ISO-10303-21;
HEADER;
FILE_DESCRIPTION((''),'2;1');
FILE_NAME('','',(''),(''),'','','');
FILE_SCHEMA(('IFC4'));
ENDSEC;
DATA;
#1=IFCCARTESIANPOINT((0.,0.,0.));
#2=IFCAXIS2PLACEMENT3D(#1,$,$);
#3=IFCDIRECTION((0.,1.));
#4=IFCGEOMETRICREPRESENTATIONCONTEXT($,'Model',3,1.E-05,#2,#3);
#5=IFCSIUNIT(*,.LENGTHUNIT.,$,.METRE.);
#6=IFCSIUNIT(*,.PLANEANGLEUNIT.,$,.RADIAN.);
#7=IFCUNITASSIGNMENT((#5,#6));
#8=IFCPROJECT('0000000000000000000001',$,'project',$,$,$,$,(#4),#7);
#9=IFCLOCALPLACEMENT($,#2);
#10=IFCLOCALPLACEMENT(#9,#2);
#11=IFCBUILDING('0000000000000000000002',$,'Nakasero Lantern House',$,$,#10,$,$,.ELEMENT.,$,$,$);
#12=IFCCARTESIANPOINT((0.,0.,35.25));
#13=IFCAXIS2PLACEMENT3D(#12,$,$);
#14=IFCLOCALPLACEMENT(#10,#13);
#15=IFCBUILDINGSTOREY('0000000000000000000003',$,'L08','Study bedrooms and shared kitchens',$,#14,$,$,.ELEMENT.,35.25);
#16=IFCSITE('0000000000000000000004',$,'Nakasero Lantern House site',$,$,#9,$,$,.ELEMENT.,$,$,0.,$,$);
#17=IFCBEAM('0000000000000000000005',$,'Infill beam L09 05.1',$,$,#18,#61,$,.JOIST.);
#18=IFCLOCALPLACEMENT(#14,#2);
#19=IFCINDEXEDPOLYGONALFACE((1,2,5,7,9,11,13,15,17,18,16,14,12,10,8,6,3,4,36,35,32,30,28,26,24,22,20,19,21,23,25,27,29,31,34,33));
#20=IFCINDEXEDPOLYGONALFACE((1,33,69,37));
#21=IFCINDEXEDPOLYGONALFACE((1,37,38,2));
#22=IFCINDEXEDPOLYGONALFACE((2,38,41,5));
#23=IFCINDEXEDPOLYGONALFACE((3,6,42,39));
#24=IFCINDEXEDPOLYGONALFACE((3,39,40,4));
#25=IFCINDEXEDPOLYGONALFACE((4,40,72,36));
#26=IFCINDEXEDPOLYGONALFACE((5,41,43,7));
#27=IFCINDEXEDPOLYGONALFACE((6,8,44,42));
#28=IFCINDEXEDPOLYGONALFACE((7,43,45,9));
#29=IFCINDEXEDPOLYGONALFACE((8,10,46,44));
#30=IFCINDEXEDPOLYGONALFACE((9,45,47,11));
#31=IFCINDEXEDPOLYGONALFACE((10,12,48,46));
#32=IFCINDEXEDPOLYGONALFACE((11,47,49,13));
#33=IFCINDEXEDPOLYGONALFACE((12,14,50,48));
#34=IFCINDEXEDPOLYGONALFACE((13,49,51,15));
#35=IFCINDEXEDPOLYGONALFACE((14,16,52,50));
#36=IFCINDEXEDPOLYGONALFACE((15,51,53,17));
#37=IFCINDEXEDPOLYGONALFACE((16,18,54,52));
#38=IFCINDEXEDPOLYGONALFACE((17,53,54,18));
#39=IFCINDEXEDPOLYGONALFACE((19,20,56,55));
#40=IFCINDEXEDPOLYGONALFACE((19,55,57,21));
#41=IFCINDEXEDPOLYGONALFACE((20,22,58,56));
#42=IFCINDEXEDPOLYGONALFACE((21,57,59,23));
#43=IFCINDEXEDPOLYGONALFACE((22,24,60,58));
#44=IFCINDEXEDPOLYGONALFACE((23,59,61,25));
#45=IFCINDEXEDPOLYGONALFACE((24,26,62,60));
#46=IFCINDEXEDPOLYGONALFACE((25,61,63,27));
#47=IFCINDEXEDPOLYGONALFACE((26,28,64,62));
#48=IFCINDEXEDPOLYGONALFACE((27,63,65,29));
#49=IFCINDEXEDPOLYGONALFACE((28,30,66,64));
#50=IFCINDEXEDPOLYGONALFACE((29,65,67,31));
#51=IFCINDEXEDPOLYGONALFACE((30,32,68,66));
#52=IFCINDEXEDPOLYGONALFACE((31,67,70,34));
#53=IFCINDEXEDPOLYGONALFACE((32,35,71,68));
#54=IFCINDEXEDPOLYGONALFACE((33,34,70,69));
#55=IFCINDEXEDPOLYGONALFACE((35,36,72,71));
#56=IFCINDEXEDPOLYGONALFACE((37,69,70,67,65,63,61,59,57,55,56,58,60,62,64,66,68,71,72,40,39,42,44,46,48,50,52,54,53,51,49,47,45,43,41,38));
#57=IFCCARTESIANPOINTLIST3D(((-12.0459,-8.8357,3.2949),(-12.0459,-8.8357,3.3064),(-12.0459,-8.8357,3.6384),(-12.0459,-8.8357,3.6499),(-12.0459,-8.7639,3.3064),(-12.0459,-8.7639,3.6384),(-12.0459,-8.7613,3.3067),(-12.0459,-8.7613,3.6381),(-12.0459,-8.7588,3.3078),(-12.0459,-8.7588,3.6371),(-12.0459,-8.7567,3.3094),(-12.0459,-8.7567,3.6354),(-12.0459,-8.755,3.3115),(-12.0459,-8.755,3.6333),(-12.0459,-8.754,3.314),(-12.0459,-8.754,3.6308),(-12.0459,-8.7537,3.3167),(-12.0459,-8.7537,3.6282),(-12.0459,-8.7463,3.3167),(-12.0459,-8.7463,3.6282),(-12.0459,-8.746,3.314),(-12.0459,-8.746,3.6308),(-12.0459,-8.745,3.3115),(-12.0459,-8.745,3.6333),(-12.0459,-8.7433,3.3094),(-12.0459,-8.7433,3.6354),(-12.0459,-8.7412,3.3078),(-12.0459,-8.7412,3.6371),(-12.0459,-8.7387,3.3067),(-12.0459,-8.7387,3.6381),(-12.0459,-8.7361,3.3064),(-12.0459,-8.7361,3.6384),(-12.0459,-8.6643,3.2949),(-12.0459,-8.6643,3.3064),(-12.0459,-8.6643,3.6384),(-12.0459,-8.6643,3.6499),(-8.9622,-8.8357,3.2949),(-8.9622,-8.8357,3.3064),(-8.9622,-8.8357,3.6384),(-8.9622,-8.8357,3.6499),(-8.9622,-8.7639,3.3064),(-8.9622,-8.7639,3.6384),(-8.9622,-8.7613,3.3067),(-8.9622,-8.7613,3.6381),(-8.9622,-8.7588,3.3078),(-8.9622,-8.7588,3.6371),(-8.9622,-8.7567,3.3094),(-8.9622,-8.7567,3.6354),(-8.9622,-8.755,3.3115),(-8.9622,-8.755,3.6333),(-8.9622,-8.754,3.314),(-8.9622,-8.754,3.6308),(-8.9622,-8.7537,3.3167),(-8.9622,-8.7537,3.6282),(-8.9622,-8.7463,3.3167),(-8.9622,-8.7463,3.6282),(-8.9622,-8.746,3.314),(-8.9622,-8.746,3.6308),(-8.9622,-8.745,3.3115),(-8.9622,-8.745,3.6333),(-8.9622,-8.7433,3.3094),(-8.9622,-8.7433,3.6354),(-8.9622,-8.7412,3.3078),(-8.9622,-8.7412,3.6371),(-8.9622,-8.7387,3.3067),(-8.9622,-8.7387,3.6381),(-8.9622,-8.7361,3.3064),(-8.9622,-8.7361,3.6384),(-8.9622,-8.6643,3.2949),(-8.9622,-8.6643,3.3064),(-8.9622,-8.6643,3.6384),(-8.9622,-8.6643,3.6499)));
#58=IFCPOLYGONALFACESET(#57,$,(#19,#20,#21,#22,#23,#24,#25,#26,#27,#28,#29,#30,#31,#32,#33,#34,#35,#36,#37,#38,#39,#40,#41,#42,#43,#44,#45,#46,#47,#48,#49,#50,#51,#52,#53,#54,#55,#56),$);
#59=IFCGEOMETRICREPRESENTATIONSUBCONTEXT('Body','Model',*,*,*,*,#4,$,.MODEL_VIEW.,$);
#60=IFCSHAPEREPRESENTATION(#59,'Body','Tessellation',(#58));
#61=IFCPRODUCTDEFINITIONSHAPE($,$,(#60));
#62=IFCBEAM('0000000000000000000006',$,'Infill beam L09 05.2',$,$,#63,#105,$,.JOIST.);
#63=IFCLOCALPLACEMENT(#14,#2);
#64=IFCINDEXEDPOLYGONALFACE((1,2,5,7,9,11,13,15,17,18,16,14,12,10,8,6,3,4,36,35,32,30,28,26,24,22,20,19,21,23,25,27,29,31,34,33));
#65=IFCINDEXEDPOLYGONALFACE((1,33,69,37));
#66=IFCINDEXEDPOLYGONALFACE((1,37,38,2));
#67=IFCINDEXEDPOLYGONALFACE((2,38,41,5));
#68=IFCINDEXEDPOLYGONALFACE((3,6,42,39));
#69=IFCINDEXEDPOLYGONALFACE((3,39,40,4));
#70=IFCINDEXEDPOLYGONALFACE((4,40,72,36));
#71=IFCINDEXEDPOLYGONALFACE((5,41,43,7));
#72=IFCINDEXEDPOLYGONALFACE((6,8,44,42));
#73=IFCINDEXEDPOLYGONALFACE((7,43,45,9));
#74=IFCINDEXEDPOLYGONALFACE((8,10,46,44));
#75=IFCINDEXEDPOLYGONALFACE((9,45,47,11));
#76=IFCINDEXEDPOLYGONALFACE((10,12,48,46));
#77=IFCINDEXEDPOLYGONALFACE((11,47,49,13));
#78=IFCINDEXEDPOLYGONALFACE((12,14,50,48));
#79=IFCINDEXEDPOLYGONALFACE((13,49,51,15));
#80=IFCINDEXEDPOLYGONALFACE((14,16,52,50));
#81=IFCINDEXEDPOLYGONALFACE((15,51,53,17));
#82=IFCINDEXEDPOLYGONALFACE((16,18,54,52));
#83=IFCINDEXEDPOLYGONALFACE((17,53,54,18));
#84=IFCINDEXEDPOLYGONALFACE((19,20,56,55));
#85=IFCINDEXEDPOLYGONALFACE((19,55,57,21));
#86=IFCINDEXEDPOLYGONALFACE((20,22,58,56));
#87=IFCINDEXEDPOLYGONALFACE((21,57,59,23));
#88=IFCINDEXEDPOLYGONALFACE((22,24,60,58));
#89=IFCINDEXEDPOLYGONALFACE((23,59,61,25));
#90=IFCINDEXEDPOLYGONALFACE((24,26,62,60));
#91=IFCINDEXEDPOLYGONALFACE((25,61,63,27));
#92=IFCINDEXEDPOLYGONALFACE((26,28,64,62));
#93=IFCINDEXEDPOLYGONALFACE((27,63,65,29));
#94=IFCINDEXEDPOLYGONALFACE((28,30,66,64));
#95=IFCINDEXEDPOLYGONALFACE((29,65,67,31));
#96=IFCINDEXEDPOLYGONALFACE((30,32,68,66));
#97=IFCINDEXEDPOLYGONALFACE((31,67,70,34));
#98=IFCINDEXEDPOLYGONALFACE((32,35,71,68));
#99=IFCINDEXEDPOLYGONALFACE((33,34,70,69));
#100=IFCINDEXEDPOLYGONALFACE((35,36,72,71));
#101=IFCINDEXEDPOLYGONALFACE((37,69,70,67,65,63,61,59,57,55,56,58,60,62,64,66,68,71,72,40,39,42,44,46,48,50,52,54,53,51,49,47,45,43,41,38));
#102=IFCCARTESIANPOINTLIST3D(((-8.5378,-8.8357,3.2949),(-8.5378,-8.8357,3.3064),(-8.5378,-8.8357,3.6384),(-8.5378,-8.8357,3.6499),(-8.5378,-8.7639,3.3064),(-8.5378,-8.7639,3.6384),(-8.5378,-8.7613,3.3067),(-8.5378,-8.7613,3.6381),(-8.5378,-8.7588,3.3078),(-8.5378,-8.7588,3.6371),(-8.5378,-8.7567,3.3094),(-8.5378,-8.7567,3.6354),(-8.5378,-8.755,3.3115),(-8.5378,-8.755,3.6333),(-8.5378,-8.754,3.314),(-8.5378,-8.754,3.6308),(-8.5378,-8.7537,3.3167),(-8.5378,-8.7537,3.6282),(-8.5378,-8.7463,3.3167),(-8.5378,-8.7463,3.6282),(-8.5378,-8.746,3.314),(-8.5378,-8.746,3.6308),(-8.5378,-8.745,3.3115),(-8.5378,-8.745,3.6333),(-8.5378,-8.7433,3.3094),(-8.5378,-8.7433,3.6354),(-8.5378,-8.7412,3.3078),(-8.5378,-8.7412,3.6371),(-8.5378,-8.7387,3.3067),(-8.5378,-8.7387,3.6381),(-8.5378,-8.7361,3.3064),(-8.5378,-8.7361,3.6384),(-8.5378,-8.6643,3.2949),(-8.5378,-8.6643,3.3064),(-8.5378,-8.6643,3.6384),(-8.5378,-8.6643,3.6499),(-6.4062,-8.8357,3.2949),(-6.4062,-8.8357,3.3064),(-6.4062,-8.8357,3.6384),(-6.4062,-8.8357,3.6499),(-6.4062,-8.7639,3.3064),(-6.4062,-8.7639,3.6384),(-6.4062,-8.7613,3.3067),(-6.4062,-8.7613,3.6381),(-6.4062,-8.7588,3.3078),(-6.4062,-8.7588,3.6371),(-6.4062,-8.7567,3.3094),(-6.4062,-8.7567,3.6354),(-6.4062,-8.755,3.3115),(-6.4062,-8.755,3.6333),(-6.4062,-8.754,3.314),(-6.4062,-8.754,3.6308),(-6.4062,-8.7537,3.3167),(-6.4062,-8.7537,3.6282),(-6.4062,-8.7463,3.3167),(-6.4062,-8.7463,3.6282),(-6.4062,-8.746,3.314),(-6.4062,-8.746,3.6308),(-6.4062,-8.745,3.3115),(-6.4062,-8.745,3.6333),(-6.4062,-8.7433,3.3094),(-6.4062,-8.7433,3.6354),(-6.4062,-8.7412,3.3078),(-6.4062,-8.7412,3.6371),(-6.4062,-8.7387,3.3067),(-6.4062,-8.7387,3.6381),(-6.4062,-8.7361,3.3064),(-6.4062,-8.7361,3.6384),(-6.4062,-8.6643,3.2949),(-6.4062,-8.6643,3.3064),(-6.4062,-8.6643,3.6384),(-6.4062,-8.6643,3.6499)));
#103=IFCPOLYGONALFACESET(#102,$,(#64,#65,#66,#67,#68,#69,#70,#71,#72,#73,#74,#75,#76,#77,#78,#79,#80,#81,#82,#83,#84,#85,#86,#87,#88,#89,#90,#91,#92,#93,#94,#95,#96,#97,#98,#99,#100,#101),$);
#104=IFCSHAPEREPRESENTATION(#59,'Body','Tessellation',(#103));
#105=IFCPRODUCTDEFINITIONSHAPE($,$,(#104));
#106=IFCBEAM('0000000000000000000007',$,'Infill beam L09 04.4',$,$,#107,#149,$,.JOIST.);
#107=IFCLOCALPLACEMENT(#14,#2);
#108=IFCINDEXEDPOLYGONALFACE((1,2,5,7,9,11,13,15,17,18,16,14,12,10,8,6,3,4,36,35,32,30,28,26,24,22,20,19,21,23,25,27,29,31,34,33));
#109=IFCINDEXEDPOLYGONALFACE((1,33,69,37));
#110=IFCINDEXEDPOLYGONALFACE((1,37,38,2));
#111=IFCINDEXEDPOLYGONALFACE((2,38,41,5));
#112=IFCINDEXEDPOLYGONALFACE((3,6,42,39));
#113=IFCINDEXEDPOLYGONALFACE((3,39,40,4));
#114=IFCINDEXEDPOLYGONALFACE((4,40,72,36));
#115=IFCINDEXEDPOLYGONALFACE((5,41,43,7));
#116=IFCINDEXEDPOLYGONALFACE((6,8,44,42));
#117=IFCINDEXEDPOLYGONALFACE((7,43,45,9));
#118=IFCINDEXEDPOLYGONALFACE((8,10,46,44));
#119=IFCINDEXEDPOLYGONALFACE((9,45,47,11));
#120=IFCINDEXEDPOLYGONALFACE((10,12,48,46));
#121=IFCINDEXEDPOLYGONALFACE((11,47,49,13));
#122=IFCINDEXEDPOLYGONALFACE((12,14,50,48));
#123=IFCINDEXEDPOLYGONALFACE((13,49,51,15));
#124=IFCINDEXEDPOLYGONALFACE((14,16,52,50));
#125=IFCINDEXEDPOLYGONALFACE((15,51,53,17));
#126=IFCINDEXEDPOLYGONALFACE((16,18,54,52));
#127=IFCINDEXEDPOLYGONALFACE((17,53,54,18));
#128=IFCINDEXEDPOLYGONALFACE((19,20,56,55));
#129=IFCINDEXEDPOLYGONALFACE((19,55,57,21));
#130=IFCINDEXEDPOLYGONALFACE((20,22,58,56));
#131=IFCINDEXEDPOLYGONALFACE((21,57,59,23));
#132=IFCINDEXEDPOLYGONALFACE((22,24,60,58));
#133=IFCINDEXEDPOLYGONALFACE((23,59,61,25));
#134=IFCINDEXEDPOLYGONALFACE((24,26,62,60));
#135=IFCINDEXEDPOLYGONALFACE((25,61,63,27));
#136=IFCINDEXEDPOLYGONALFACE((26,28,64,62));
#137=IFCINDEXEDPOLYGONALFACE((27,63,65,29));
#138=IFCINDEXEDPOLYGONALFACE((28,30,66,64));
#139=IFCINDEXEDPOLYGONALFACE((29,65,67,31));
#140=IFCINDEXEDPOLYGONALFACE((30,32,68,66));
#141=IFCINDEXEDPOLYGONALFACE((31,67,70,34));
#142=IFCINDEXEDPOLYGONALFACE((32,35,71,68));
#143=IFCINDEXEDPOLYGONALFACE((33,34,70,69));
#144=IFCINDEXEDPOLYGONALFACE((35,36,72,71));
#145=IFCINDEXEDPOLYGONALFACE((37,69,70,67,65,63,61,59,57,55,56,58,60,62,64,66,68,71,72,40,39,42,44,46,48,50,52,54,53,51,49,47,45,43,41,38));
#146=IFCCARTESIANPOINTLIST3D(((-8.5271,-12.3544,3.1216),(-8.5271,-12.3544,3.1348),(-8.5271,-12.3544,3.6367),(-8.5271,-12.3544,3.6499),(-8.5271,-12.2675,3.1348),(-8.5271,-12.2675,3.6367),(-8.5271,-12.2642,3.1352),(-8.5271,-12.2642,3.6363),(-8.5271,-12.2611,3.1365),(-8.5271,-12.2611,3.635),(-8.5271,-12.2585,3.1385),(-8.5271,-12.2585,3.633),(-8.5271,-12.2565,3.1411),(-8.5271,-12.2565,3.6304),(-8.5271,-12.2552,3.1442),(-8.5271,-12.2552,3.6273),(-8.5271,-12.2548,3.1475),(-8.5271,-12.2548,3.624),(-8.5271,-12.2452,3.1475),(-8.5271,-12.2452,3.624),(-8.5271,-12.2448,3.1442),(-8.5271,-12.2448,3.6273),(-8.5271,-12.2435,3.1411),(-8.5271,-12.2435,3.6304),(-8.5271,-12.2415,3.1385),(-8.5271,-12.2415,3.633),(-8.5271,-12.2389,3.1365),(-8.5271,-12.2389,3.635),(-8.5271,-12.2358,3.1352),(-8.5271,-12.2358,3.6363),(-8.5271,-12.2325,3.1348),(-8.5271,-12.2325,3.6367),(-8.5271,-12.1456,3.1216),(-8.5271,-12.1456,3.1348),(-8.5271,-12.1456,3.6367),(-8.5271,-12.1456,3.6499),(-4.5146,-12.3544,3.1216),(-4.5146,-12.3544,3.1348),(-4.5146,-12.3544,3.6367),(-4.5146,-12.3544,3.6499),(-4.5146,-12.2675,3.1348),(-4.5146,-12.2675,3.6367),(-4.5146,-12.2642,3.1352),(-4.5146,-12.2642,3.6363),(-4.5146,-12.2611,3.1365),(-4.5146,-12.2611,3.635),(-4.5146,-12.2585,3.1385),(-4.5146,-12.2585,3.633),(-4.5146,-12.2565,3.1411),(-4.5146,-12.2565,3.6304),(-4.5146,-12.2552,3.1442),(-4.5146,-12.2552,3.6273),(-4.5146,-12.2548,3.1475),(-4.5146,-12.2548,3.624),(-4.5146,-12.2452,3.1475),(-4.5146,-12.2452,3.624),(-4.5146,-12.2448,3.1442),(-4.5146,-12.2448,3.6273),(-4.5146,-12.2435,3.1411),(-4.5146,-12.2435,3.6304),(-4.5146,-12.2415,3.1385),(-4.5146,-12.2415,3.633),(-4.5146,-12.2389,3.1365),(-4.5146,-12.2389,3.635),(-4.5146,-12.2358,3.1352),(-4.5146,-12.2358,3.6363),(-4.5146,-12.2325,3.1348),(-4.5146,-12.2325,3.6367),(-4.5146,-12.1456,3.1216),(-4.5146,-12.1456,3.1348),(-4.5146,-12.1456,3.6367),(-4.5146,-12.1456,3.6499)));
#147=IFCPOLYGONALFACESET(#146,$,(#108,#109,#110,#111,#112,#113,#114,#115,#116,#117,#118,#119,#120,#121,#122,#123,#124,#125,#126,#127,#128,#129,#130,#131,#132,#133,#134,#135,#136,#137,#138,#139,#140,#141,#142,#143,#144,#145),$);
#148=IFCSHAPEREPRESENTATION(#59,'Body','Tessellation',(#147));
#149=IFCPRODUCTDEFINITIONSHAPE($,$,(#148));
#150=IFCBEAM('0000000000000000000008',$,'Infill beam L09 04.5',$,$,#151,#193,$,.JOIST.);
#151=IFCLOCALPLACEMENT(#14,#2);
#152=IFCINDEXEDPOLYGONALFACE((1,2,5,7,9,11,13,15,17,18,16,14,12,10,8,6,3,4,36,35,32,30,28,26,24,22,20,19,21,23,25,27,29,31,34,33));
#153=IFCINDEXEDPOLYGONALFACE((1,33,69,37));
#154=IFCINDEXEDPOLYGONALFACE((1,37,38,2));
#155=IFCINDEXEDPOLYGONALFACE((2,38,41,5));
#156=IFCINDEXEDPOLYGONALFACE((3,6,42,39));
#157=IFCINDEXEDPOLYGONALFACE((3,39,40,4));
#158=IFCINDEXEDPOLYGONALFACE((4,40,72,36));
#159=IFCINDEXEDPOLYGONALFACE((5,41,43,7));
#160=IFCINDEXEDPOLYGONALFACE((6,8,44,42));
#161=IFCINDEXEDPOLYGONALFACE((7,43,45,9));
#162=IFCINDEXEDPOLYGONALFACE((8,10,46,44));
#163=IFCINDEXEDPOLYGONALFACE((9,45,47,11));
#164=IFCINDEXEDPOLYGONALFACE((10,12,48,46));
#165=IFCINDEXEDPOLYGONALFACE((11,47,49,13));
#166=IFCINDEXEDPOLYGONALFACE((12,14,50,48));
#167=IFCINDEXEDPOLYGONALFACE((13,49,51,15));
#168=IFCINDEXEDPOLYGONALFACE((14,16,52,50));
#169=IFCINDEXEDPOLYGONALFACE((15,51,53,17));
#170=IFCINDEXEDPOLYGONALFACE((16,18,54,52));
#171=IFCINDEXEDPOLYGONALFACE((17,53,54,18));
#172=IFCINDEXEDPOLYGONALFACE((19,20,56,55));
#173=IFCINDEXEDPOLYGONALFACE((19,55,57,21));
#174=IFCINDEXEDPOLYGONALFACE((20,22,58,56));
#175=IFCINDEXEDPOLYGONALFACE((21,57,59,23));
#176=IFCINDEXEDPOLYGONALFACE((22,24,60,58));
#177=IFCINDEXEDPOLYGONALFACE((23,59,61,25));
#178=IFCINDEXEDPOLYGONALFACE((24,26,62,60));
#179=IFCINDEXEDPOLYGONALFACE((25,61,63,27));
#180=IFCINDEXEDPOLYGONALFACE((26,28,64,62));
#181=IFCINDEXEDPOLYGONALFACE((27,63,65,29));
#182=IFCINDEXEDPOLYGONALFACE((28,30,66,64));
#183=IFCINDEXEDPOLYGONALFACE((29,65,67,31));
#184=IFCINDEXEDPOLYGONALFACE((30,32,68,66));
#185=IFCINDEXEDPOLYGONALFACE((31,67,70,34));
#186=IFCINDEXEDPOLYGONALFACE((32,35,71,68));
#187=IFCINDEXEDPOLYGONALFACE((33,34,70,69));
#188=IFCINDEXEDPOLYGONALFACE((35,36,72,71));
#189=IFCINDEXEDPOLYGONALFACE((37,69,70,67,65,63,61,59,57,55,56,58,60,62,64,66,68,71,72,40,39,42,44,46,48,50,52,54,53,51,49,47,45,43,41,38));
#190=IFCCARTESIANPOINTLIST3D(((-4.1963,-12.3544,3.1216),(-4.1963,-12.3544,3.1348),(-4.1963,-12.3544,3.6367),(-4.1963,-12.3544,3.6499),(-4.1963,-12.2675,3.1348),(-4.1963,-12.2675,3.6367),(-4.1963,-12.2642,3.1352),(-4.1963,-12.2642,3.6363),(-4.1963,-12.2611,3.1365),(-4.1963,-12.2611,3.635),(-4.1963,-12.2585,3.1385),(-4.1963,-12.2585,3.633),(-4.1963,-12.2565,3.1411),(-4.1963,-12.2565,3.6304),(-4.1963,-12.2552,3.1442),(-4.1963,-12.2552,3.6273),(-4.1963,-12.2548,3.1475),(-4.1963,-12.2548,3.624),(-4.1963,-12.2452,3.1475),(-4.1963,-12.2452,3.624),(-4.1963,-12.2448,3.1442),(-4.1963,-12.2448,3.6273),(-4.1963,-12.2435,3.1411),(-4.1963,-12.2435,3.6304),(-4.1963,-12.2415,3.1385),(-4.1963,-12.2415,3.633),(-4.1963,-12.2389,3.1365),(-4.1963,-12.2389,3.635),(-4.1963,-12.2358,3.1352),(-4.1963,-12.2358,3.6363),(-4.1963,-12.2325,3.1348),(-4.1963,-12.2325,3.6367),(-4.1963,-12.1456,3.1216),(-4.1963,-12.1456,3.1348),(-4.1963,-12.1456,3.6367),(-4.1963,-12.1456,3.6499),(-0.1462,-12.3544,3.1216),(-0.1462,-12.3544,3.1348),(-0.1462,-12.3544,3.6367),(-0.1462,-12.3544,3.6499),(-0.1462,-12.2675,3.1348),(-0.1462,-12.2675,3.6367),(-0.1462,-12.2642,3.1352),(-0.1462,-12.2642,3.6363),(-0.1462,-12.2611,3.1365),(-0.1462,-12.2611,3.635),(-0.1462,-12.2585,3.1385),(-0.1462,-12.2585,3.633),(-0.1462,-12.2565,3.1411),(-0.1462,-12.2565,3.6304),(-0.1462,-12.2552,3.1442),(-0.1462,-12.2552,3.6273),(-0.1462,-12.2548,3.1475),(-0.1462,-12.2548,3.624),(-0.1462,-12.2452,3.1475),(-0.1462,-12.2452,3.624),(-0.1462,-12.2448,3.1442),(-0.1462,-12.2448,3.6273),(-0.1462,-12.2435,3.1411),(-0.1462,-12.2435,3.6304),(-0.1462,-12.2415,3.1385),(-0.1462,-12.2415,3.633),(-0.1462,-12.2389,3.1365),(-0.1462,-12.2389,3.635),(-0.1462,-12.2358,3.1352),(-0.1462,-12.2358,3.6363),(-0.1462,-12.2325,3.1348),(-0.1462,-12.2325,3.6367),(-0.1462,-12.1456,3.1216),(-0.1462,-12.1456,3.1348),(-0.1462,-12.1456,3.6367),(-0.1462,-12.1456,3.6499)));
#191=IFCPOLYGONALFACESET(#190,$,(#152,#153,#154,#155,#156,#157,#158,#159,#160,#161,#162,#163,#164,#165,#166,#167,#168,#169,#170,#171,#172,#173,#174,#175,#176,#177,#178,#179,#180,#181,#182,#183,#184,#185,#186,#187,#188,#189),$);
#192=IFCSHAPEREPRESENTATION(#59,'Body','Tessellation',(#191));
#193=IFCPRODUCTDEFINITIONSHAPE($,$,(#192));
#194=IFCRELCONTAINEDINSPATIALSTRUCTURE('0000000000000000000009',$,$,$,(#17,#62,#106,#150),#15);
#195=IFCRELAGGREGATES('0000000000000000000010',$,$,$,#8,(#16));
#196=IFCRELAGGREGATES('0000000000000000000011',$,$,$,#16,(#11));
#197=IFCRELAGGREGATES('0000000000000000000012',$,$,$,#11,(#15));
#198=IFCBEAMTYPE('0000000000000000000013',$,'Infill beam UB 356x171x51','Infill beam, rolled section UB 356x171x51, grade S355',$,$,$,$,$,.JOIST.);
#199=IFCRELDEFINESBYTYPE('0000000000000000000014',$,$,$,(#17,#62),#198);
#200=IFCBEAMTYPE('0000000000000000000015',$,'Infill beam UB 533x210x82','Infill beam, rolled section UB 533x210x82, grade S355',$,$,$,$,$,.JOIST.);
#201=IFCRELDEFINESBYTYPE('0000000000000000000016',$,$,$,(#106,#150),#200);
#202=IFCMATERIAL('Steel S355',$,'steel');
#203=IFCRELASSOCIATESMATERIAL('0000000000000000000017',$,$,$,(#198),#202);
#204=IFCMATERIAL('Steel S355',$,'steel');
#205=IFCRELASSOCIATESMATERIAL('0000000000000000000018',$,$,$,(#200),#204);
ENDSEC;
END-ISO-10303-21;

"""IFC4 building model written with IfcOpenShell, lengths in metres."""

from ifc_helpers import new_model, si_unit, direction, frame, origin, origin_2d, place, context, subcontext, project, spatial, i_section, extrude, material, material_profile, profile_set, type_object, element, save


model = new_model("IFC4")

# Units and contexts
model_context = context("Model", 3, precision=1e-05, world=origin(), true_north=direction((0.0, 1.0)))
body_context = subcontext(model_context, "Body", "Model", "MODEL_VIEW")
ifc_project = project(units=[si_unit("LENGTHUNIT", "METRE"), si_unit("PLANEANGLEUNIT", "RADIAN")], contexts=[model_context])

# Site, building, storey
site_placement = place(None, origin())
site = spatial("IfcSite", under=ifc_project, at=site_placement, Name="Nakasero Lantern House site", CompositionType="ELEMENT", RefElevation=0.0)
building_placement = place(site_placement, origin())
building = spatial("IfcBuilding", under=site, at=building_placement, Name="Nakasero Lantern House", CompositionType="ELEMENT")
storey_placement = place(building_placement, frame((0.0, 0.0, 35.25)))
storey = spatial("IfcBuildingStorey", under=building, at=storey_placement, Name="L08", Description="Study bedrooms and shared kitchens", CompositionType="ELEMENT", Elevation=35.25)

# Beams
ifc_material_1 = material(Name="Steel S355", Category="steel")
ifc_material_profile_1 = material_profile(ifc_material_1, i_section(OverallWidth=0.1714, OverallDepth=0.355, WebThickness=0.0073, FlangeThickness=0.0115, FilletRadius=0.0103, at=origin_2d()), Name="UB 356x171x51")
ifc_profile_set_1 = profile_set([ifc_material_profile_1], Name="Steel S355")
beam_type_1 = type_object("IfcBeamType", Name="Infill beam UB 356x171x51", Description="Infill beam, rolled section UB 356x171x51, grade S355", PredefinedType="JOIST", material=ifc_profile_set_1)
beam_1_placement = place(storey_placement, frame((-12.0459, -8.75, 3.4724), z_axis=(1.0, 0.0, 0.0), x_axis=(0.0, 1.0, 0.0)))
element("IfcBeam", 1, at=beam_1_placement, inside=storey, type_object=beam_type_1, Name="Infill beam L09 05.1", PredefinedType="JOIST", context=body_context, shape_type="SweptSolid", body=[
    extrude(i_section(OverallWidth=0.1714, OverallDepth=0.355, WebThickness=0.0073, FlangeThickness=0.0115, FilletRadius=0.0103, at=origin_2d()), origin(), (0.0, 0.0, 1.0), 3.0837),
])
beam_2_placement = place(storey_placement, frame((-8.5378, -8.75, 3.4724), z_axis=(1.0, 0.0, 0.0), x_axis=(0.0, 1.0, 0.0)))
element("IfcBeam", 2, at=beam_2_placement, inside=storey, type_object=beam_type_1, Name="Infill beam L09 05.2", PredefinedType="JOIST", context=body_context, shape_type="SweptSolid", body=[
    extrude(i_section(OverallWidth=0.1714, OverallDepth=0.355, WebThickness=0.0073, FlangeThickness=0.0115, FilletRadius=0.0103, at=origin_2d()), origin(), (0.0, 0.0, 1.0), 2.1316),
])
ifc_material_2 = material(Name="Steel S355", Category="steel")
ifc_material_profile_2 = material_profile(ifc_material_2, i_section(OverallWidth=0.2087, OverallDepth=0.5283, WebThickness=0.0095, FlangeThickness=0.0132, FilletRadius=0.0127, at=origin_2d()), Name="UB 533x210x82")
ifc_profile_set_2 = profile_set([ifc_material_profile_2], Name="Steel S355")
beam_type_2 = type_object("IfcBeamType", Name="Infill beam UB 533x210x82", Description="Infill beam, rolled section UB 533x210x82, grade S355", PredefinedType="JOIST", material=ifc_profile_set_2)
beam_3_placement = place(storey_placement, frame((-8.5271, -12.25, 3.3857), z_axis=(1.0, 0.0, 0.0), x_axis=(0.0, 1.0, 0.0)))
element("IfcBeam", 3, at=beam_3_placement, inside=storey, type_object=beam_type_2, Name="Infill beam L09 04.4", PredefinedType="JOIST", context=body_context, shape_type="SweptSolid", body=[
    extrude(i_section(OverallWidth=0.2087, OverallDepth=0.5283, WebThickness=0.0095, FlangeThickness=0.0132, FilletRadius=0.0127, at=origin_2d()), origin(), (0.0, 0.0, 1.0), 4.0125),
])
beam_4_placement = place(storey_placement, frame((-4.1963, -12.25, 3.3857), z_axis=(1.0, 0.0, 0.0), x_axis=(0.0, 1.0, 0.0)))
element("IfcBeam", 4, at=beam_4_placement, inside=storey, type_object=beam_type_2, Name="Infill beam L09 04.5", PredefinedType="JOIST", context=body_context, shape_type="SweptSolid", body=[
    extrude(i_section(OverallWidth=0.2087, OverallDepth=0.5283, WebThickness=0.0095, FlangeThickness=0.0132, FilletRadius=0.0127, at=origin_2d()), origin(), (0.0, 0.0, 1.0), 4.05),
])

save(model, "model.ifc")
